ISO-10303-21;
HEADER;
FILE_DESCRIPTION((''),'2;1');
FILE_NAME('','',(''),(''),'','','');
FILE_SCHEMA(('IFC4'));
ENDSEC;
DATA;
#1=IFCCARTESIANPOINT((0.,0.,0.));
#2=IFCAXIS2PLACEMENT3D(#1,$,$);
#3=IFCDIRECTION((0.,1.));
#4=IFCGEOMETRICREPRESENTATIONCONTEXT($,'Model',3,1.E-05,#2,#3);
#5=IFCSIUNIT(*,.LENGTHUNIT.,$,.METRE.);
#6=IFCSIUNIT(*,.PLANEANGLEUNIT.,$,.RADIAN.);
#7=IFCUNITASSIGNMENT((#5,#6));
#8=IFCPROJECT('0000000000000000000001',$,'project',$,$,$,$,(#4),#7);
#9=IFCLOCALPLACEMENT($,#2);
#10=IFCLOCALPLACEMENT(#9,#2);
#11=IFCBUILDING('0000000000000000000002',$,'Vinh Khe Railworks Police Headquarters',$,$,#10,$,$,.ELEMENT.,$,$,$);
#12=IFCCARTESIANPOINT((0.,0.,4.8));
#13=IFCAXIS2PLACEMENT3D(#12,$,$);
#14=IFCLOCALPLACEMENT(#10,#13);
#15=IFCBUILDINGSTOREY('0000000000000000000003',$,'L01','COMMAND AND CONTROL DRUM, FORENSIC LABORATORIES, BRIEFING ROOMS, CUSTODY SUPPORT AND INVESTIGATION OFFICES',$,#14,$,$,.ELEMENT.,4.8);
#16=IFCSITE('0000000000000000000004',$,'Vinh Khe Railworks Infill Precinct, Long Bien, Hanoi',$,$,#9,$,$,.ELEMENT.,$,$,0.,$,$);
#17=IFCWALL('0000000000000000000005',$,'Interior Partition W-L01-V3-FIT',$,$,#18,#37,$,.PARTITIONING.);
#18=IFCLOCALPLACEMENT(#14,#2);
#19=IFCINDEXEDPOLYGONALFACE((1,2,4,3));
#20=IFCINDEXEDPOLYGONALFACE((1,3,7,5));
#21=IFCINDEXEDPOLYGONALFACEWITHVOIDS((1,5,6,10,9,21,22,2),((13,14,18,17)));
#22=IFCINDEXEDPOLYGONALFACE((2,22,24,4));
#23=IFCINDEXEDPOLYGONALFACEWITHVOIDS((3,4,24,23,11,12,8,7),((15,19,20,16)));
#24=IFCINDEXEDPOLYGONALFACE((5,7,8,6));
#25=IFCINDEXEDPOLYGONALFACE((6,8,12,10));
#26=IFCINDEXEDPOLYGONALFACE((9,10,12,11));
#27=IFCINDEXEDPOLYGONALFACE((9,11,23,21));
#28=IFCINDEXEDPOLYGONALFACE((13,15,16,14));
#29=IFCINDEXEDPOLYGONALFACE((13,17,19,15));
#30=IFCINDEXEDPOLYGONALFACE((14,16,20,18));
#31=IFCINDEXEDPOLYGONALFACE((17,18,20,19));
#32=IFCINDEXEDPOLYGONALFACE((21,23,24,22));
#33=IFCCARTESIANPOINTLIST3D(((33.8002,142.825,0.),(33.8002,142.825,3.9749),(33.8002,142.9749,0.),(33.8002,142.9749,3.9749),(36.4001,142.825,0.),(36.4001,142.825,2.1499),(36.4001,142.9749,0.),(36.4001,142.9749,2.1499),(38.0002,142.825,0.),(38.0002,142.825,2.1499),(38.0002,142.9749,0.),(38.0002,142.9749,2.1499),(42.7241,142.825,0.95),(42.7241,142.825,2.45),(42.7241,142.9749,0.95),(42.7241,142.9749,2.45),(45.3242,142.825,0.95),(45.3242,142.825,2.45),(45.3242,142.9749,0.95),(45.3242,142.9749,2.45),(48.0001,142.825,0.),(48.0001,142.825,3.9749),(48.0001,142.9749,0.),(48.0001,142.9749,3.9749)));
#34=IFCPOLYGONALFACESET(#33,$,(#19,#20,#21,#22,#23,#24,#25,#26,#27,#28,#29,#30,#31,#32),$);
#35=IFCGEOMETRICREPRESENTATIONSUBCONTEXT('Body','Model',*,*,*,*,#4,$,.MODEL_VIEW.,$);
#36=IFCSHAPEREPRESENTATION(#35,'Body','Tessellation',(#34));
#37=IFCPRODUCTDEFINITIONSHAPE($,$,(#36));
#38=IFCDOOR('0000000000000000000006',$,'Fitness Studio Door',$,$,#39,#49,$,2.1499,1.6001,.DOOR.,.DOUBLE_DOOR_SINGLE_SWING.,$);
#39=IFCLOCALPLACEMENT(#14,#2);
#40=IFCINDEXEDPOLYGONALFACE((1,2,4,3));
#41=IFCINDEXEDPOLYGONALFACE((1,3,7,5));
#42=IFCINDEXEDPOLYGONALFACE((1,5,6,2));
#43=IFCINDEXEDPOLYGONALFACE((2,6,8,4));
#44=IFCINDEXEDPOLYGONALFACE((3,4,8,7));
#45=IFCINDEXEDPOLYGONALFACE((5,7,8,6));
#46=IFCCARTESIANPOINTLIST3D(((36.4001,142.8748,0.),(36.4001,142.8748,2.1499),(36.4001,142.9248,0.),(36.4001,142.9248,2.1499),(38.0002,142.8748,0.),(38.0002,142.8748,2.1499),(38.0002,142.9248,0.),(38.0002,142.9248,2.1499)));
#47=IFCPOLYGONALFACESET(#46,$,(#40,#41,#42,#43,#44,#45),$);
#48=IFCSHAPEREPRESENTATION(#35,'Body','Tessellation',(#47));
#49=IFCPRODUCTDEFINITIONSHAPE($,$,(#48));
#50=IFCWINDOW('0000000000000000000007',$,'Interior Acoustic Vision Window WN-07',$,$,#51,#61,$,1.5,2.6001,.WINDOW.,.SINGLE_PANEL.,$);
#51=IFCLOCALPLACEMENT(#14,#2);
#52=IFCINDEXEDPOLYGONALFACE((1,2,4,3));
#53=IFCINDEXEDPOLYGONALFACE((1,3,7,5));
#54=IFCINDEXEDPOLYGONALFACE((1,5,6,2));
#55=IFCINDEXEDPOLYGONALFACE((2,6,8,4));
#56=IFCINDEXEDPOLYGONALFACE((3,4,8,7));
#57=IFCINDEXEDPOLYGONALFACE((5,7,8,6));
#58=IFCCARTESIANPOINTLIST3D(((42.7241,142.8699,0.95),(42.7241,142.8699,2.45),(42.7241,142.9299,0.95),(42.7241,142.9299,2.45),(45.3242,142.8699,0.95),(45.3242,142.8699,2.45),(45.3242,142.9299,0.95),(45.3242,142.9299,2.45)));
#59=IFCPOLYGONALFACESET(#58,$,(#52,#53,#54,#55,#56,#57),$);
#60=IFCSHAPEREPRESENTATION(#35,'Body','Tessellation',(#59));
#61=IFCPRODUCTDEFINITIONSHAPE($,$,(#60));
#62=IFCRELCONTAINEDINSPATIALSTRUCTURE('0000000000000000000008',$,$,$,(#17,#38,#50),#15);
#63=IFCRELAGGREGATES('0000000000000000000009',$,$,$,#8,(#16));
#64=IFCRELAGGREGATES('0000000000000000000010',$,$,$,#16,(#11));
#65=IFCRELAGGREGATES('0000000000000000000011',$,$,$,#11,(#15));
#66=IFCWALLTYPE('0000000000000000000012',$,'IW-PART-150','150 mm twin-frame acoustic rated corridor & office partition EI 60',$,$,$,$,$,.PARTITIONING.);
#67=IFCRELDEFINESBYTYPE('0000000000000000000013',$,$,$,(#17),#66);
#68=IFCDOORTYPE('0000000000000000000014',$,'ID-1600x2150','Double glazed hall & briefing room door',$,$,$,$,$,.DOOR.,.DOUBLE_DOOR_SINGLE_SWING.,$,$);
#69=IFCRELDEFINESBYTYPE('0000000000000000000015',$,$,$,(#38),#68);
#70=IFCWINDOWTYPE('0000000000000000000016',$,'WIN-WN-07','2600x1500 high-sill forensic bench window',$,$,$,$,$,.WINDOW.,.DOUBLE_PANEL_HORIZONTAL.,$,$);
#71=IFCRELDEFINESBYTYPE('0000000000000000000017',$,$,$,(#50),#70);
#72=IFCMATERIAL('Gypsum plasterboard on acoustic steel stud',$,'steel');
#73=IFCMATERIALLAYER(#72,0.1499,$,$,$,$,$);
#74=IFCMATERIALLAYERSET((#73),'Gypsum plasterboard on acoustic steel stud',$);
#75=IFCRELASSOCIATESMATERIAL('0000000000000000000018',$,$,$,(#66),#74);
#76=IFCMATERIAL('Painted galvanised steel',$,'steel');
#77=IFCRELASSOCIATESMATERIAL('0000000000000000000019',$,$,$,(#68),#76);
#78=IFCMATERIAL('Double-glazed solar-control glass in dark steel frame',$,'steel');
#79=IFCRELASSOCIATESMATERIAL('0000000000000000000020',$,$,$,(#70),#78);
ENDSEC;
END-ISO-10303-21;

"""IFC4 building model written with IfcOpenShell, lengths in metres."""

from ifc_helpers import new_model, si_unit, direction, frame, frame_2d, origin, place, context, subcontext, project, spatial, rectangle, extrude, material, layer, layer_set, type_object, element, fill, save


model = new_model("IFC4")

# Units and contexts
model_context = context("Model", 3, precision=1e-05, world=origin(), true_north=direction((0.0, 1.0)))
body_context = subcontext(model_context, "Body", "Model", "MODEL_VIEW")
ifc_project = project(units=[si_unit("LENGTHUNIT", "METRE"), si_unit("PLANEANGLEUNIT", "RADIAN")], contexts=[model_context])

# Site, building, storey
site_placement = place(None, origin())
site = spatial("IfcSite", under=ifc_project, at=site_placement, Name="Vinh Khe Railworks Infill Precinct, Long Bien, Hanoi", CompositionType="ELEMENT", RefElevation=0.0)
building_placement = place(site_placement, origin())
building = spatial("IfcBuilding", under=site, at=building_placement, Name="Vinh Khe Railworks Police Headquarters", CompositionType="ELEMENT")
storey_placement = place(building_placement, frame((0.0, 0.0, 4.8)))
storey = spatial("IfcBuildingStorey", under=building, at=storey_placement, Name="L01", Description="COMMAND AND CONTROL DRUM, FORENSIC LABORATORIES, BRIEFING ROOMS, CUSTODY SUPPORT AND INVESTIGATION OFFICES", CompositionType="ELEMENT", Elevation=4.8)

# Shared definitions
ifc_material_1 = material(Name="Painted galvanised steel", Category="steel")

# Shared definitions
ifc_material_2 = material(Name="Double-glazed solar-control glass in dark steel frame", Category="steel")

# Wall, openings, door, window
ifc_material_3 = material(Name="Gypsum plasterboard on acoustic steel stud", Category="steel")
ifc_layer_1 = layer(ifc_material_3, 0.1499)
ifc_layer_set_1 = layer_set([ifc_layer_1], Name="Gypsum plasterboard on acoustic steel stud")
wall_type_1 = type_object("IfcWallType", Name="IW-PART-150", Description="150 mm twin-frame acoustic rated corridor & office partition EI 60", PredefinedType="PARTITIONING", material=ifc_layer_set_1)
wall_1_placement = place(storey_placement, frame((33.8, 142.8999, 0.0), z_axis=(0.0, 0.0, 1.0), x_axis=(1.0, 0.0, 0.0)))
wall_1 = element("IfcWall", 1, at=wall_1_placement, inside=storey, type_object=wall_type_1, Name="Interior Partition W-L01-V3-FIT", PredefinedType="PARTITIONING", context=body_context, shape_type="SweptSolid", body=[
    extrude(rectangle(XDim=14.2, YDim=0.1499, at=frame_2d((7.1001, 0.0))), origin(), (0.0, 0.0, 1.0), 3.9749),
])
opening_1_placement = place(wall_1_placement, frame((2.6001, 0.0, 0.0)))
opening_1 = element("IfcOpeningElement", 2, at=opening_1_placement, cuts=wall_1, PredefinedType="OPENING", context=body_context, shape_type="SweptSolid", body=[
    extrude(rectangle(XDim=1.6001, YDim=2.1499, at=frame_2d((0.8, 1.075))), frame((0.0, 0.0898, 0.0), z_axis=(0.0, -1.0, 0.0), x_axis=(1.0, 0.0, 0.0)), (0.0, 0.0, 1.0), 0.1797),
])
opening_2_placement = place(wall_1_placement, frame((8.9241, 0.0, 0.95)))
opening_2 = element("IfcOpeningElement", 3, at=opening_2_placement, cuts=wall_1, PredefinedType="OPENING", context=body_context, shape_type="SweptSolid", body=[
    extrude(rectangle(XDim=2.6001, YDim=1.5, at=frame_2d((1.3, 0.75))), frame((0.0, 0.0898, 0.0), z_axis=(0.0, -1.0, 0.0), x_axis=(1.0, 0.0, 0.0)), (0.0, 0.0, 1.0), 0.1797),
])
door_type_1 = type_object("IfcDoorType", Name="ID-1600x2150", Description="Double glazed hall & briefing room door", OperationType="DOUBLE_DOOR_SINGLE_SWING", PredefinedType="DOOR", material=ifc_material_1)
door_1_placement = place(opening_1_placement, origin())
door_1 = element("IfcDoor", 4, at=door_1_placement, inside=storey, type_object=door_type_1, Name="Fitness Studio Door", OperationType="DOUBLE_DOOR_SINGLE_SWING", OverallHeight=2.1499, OverallWidth=1.6001, PredefinedType="DOOR", context=body_context, shape_type="SweptSolid", body=[
    extrude(rectangle(XDim=1.6001, YDim=2.1499, at=frame_2d((0.8, 1.075))), frame((0.0, 0.0249, 0.0), z_axis=(0.0, -1.0, 0.0), x_axis=(1.0, 0.0, 0.0)), (0.0, 0.0, 1.0), 0.05),
])
fill(opening_1, door_1)
window_type_1 = type_object("IfcWindowType", Name="WIN-WN-07", Description="2600x1500 high-sill forensic bench window", PartitioningType="DOUBLE_PANEL_HORIZONTAL", PredefinedType="WINDOW", material=ifc_material_2)
window_1_placement = place(opening_2_placement, origin())
window_1 = element("IfcWindow", 5, at=window_1_placement, inside=storey, type_object=window_type_1, Name="Interior Acoustic Vision Window WN-07", OverallHeight=1.5, OverallWidth=2.6001, PartitioningType="SINGLE_PANEL", PredefinedType="WINDOW", context=body_context, shape_type="SweptSolid", body=[
    extrude(rectangle(XDim=2.6001, YDim=1.5, at=frame_2d((1.3, 0.75))), frame((0.0, 0.03, 0.0), z_axis=(0.0, -1.0, 0.0), x_axis=(1.0, 0.0, 0.0)), (0.0, 0.0, 1.0), 0.0601),
])
fill(opening_2, window_1)

save(model, "model.ifc")
